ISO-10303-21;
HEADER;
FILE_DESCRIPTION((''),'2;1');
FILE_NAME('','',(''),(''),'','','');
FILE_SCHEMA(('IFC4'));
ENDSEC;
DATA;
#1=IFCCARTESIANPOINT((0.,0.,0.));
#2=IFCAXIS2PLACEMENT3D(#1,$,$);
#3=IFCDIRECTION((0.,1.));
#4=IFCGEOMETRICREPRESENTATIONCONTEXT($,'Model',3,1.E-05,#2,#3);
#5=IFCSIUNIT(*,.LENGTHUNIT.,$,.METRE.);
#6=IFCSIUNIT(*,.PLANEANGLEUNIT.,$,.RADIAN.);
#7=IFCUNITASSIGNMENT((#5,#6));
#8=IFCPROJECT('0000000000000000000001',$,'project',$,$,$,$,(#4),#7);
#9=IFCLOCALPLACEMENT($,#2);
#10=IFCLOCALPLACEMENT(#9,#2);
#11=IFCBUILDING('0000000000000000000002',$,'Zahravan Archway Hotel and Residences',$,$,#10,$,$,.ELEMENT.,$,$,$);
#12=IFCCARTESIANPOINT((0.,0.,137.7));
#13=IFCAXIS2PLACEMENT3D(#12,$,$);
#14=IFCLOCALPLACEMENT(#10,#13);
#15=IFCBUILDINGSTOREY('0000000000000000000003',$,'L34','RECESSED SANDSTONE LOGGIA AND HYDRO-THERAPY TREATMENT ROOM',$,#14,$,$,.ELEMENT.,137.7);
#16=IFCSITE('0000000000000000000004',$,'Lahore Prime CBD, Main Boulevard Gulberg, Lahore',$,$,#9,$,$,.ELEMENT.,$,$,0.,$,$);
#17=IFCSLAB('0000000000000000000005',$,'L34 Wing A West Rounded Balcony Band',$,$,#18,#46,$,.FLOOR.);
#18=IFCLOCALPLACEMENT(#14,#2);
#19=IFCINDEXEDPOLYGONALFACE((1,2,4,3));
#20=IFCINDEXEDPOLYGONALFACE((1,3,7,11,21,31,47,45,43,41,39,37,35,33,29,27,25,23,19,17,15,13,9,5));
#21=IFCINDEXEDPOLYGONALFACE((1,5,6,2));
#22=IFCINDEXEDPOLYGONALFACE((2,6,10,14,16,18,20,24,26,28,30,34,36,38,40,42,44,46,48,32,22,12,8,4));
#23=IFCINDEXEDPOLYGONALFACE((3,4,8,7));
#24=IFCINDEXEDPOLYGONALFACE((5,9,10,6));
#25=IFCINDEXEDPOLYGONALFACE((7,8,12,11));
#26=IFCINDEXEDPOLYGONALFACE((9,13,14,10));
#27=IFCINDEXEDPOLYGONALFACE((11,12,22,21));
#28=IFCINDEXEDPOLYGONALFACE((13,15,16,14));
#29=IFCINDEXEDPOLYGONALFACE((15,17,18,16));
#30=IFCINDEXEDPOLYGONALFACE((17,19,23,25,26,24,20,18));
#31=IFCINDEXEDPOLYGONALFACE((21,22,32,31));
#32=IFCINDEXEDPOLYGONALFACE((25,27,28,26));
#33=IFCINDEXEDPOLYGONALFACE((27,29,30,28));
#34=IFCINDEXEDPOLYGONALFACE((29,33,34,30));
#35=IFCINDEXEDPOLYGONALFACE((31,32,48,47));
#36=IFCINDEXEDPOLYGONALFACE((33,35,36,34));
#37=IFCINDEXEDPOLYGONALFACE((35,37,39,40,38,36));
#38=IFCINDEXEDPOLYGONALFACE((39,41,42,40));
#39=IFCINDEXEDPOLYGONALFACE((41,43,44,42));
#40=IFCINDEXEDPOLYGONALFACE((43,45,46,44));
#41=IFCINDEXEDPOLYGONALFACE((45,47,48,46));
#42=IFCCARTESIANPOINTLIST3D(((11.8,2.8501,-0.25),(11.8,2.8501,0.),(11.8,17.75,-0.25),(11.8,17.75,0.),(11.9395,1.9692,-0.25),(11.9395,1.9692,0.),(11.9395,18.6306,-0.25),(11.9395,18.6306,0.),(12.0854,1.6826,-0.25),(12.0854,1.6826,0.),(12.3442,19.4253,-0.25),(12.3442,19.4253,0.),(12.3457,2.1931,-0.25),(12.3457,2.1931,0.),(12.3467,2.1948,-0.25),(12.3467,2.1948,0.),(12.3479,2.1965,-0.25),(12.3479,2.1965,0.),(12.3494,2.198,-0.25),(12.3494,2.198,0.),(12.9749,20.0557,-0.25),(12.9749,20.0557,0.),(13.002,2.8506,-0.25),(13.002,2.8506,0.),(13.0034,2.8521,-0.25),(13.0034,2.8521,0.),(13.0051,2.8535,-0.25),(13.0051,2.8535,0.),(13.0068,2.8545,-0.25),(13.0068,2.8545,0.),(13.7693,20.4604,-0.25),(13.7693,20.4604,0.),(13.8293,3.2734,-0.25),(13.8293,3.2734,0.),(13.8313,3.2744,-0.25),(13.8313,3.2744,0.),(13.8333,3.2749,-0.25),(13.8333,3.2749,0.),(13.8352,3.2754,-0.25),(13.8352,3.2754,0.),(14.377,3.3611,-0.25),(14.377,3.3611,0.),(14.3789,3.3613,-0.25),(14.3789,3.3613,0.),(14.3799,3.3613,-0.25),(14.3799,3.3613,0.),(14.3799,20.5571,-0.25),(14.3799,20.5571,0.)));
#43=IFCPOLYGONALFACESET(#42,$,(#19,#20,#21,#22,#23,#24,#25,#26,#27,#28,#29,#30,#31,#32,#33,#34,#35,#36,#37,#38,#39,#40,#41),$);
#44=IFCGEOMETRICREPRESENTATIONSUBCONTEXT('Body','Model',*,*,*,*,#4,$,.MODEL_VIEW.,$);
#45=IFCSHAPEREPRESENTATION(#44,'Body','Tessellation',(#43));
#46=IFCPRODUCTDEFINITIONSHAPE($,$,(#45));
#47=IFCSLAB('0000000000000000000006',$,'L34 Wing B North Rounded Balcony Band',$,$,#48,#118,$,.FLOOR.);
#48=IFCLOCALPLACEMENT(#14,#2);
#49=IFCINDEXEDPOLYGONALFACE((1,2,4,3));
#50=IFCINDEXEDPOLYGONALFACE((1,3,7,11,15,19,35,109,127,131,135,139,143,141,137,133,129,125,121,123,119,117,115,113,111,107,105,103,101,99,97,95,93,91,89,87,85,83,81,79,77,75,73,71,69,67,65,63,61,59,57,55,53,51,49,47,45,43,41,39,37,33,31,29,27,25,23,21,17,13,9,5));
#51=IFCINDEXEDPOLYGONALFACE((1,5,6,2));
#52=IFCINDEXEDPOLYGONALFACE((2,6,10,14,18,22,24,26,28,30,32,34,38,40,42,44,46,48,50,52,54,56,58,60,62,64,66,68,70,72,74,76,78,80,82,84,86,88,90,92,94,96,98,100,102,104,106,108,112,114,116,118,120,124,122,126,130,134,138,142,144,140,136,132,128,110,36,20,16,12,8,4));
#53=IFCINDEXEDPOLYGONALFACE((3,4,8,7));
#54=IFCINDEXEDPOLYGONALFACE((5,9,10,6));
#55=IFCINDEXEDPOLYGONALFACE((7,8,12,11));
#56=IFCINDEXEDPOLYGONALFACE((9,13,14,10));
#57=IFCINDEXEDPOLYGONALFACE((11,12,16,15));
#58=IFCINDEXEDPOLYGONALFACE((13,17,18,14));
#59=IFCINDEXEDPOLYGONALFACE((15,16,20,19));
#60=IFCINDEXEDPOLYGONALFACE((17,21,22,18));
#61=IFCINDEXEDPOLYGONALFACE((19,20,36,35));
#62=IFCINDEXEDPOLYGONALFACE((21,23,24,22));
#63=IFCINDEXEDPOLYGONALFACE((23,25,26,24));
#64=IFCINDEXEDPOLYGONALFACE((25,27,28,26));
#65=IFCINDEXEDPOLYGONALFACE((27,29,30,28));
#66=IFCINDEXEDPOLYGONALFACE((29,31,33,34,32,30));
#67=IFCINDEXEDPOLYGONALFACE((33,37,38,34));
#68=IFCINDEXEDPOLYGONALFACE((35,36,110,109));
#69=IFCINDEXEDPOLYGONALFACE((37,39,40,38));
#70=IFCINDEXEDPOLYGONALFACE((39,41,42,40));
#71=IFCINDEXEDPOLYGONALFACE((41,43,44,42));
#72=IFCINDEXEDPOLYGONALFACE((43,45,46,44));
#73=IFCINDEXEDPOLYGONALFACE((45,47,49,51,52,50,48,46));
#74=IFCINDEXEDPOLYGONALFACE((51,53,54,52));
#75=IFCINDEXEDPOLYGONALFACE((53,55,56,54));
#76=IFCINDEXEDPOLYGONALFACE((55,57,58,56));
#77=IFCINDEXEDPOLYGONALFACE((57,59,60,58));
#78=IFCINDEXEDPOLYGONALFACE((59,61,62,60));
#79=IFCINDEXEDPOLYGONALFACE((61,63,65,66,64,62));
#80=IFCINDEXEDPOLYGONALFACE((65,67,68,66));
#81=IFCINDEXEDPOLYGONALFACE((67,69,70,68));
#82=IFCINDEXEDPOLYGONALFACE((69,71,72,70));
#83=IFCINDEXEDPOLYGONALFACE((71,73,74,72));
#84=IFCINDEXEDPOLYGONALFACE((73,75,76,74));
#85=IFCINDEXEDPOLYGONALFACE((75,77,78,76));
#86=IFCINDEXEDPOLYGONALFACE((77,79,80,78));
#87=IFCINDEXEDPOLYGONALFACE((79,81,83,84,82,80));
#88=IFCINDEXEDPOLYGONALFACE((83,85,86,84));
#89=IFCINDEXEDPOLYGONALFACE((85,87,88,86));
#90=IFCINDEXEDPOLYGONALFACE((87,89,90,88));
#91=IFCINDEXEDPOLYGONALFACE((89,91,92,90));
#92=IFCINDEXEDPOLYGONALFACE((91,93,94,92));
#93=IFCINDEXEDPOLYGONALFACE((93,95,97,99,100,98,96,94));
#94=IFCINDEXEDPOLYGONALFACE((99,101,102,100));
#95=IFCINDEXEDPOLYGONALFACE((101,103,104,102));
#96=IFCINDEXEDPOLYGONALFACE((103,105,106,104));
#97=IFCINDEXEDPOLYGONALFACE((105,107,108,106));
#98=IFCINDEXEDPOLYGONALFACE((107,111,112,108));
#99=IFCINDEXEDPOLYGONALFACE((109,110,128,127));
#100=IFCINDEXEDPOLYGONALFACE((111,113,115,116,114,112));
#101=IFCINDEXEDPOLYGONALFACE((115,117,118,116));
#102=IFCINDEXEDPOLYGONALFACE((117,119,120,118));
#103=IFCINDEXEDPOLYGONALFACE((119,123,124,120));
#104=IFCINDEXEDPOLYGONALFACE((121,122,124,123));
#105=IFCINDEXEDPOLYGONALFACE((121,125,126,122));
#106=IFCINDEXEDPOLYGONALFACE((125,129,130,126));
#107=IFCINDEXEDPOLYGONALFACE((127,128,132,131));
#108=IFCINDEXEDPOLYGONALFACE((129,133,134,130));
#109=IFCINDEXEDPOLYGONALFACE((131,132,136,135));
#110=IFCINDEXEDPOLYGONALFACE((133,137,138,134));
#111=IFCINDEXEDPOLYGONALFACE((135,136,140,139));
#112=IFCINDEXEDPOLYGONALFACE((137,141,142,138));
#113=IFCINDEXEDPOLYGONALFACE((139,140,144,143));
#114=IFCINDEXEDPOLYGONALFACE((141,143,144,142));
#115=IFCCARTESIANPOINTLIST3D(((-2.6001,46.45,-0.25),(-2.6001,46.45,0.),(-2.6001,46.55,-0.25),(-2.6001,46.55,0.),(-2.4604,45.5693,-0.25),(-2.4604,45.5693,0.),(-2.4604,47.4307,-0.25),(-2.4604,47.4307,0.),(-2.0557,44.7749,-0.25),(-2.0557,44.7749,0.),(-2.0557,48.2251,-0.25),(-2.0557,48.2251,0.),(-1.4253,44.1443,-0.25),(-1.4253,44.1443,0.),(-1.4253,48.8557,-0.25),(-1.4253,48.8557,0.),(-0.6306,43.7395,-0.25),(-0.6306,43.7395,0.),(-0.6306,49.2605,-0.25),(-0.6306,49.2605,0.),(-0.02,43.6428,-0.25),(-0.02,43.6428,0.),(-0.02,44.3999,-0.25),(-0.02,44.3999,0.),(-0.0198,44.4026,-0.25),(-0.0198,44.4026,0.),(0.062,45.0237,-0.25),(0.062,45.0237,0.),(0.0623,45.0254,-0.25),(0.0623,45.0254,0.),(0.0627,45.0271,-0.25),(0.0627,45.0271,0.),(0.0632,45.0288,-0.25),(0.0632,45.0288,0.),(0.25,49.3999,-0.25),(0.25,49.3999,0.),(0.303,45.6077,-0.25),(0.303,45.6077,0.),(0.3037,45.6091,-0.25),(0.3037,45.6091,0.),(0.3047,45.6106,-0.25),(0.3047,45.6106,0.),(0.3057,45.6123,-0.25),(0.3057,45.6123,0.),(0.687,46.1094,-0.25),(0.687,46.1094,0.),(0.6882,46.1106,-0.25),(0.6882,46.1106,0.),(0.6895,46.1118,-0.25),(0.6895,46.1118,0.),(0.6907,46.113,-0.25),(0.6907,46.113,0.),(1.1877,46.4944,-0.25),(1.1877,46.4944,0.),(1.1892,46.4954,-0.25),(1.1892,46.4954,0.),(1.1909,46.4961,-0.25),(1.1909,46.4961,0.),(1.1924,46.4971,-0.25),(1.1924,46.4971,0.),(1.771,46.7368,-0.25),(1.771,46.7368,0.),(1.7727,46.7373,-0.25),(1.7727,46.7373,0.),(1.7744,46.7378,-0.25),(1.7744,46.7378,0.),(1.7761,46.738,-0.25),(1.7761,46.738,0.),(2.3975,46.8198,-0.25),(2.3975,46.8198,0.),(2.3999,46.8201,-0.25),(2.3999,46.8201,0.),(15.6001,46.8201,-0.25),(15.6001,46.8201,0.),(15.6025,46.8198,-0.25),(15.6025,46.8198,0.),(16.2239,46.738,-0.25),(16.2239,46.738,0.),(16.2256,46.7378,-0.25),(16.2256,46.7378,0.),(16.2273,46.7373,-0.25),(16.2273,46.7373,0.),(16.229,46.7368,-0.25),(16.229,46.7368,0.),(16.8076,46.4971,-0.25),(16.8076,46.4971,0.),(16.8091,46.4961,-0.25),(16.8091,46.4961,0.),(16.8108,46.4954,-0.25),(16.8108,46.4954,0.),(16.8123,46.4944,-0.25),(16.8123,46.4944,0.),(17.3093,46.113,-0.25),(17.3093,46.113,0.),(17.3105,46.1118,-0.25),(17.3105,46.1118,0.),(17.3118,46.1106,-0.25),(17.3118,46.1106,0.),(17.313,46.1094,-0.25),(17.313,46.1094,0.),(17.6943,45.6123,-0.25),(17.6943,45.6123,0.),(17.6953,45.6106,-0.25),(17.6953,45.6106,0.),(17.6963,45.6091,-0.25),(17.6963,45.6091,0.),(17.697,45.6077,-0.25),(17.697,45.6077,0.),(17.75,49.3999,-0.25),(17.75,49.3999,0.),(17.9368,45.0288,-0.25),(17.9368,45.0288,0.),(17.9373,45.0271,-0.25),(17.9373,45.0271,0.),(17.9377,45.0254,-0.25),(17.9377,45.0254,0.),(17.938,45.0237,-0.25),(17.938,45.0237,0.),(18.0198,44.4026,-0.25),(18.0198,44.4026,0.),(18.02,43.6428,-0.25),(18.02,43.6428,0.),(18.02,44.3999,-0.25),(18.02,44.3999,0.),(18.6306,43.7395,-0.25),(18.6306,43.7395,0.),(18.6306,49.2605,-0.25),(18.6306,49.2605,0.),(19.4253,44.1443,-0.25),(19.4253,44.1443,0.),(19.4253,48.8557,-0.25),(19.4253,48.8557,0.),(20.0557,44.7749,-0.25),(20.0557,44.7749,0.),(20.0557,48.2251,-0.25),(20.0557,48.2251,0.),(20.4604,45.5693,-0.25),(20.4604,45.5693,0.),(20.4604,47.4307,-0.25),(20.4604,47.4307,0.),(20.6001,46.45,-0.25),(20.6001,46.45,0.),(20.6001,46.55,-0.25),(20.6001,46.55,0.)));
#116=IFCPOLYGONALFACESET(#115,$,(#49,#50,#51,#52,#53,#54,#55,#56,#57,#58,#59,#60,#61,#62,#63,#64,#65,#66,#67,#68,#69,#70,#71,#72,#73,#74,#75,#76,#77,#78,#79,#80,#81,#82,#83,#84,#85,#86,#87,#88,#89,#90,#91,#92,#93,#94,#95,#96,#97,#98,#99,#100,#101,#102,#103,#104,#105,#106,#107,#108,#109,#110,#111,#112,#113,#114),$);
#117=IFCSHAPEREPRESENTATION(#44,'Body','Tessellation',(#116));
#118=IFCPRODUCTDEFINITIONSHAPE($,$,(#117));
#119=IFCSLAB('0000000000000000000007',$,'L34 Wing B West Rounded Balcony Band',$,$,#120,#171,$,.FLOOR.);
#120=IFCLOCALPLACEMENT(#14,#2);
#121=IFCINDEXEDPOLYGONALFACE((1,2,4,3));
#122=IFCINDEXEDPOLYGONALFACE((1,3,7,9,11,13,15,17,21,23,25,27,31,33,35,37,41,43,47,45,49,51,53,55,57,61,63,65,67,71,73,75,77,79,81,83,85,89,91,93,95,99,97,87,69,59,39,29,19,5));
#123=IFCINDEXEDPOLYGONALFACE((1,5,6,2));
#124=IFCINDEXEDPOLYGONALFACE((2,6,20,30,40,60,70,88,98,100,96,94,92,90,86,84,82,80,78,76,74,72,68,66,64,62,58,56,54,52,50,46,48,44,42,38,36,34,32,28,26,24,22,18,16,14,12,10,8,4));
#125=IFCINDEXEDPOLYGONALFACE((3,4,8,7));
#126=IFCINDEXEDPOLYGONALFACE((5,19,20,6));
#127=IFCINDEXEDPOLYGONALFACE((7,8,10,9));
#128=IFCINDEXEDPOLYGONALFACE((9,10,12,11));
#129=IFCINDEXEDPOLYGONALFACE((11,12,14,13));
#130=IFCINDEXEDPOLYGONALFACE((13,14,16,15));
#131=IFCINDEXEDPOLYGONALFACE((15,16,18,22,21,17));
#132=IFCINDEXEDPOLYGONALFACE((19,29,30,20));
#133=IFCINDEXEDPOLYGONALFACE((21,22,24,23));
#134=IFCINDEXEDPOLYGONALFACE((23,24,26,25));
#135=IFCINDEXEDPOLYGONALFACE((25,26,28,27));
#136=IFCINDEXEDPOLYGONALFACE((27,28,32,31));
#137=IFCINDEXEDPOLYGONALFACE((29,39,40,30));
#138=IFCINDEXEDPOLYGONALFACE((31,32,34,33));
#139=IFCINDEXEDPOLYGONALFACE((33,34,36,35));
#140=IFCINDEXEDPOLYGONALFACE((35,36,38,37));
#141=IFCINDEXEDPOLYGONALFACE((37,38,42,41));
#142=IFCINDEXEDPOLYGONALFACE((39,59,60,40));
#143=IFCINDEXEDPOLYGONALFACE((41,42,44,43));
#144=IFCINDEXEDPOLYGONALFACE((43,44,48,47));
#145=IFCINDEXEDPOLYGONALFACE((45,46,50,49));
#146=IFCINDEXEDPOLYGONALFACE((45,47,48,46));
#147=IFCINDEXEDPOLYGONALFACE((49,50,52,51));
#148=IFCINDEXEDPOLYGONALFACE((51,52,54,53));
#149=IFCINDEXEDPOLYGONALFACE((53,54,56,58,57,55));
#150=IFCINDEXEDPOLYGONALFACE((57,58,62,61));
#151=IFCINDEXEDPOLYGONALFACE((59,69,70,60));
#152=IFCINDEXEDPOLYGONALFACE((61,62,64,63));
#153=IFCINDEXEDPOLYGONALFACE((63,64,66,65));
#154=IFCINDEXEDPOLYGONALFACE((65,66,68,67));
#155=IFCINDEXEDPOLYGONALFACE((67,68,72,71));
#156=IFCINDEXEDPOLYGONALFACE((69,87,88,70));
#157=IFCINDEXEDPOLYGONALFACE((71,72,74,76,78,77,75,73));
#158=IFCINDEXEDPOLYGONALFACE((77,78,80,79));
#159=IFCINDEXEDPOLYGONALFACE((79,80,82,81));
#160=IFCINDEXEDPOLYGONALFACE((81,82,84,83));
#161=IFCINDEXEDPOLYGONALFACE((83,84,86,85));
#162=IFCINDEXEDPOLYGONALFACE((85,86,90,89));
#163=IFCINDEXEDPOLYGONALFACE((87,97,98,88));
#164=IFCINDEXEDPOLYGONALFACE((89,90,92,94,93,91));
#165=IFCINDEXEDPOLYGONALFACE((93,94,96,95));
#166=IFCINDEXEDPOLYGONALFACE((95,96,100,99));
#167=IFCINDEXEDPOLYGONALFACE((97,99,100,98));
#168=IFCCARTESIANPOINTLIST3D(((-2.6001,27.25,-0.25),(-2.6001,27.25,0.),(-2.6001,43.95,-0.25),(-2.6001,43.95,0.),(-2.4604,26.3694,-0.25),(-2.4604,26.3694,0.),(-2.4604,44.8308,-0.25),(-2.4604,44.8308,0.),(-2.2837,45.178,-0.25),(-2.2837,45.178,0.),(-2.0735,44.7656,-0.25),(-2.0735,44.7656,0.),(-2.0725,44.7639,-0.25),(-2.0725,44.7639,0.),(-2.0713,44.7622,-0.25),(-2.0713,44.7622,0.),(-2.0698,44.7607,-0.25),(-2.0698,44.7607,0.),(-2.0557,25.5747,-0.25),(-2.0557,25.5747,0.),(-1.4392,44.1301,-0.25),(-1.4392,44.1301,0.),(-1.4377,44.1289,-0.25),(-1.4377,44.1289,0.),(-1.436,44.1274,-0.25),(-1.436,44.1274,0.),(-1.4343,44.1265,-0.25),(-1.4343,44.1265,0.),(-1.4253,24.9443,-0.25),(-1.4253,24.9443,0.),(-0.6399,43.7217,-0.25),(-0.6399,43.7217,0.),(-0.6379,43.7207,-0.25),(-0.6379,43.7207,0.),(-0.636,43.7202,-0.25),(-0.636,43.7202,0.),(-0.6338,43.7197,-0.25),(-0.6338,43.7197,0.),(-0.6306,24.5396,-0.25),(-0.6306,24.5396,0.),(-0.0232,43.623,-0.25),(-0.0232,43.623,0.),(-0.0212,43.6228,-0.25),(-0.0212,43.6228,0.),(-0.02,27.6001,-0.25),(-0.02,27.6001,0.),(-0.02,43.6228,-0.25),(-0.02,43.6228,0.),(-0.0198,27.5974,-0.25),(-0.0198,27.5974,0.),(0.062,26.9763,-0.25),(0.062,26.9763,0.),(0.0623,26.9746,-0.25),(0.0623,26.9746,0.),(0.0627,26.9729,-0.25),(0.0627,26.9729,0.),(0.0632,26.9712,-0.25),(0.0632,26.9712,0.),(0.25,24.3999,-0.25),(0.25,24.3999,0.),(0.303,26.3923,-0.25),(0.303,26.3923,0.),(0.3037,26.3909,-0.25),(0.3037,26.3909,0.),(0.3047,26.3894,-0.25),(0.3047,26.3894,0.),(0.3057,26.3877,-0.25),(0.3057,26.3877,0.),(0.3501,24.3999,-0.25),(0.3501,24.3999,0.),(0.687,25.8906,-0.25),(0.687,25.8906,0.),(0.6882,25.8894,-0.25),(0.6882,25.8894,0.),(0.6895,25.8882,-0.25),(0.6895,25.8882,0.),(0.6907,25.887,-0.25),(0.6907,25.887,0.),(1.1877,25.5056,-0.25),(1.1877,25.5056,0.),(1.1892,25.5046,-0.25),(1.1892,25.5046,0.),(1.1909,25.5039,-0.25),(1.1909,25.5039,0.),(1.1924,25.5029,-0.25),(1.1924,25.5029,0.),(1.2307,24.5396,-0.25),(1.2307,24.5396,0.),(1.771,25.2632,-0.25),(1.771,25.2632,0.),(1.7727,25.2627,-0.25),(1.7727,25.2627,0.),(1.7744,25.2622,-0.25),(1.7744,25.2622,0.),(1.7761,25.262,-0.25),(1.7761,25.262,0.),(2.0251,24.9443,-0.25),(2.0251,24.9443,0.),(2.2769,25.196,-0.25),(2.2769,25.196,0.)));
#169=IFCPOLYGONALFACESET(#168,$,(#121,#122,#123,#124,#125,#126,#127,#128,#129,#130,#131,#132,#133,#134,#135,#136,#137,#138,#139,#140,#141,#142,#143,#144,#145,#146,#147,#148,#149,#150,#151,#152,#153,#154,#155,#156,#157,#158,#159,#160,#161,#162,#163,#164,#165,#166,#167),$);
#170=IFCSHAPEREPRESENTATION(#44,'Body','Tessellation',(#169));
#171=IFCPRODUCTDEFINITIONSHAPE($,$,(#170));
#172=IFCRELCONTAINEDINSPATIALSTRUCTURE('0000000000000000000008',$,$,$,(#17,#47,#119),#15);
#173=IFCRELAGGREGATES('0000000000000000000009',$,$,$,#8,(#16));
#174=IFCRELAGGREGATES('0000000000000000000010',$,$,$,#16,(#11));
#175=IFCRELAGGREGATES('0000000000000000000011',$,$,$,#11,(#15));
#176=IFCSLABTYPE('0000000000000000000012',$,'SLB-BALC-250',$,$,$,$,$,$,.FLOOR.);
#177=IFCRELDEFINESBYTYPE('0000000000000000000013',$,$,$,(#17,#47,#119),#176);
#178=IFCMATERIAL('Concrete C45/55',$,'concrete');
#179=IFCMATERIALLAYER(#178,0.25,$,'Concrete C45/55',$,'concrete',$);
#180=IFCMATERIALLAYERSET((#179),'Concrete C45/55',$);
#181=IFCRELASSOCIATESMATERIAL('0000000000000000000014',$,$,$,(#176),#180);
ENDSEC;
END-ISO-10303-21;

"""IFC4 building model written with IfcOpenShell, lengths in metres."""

from ifc_helpers import new_model, si_unit, direction, frame, origin, place, context, subcontext, project, spatial, polyline, outline, extrude, material, layer, layer_set, type_object, element, save


model = new_model("IFC4")

# Units and contexts
model_context = context("Model", 3, precision=1e-05, world=origin(), true_north=direction((0.0, 1.0)))
body_context = subcontext(model_context, "Body", "Model", "MODEL_VIEW")
ifc_project = project(units=[si_unit("LENGTHUNIT", "METRE"), si_unit("PLANEANGLEUNIT", "RADIAN")], contexts=[model_context])

# Site, building, storey
site_placement = place(None, origin())
site = spatial("IfcSite", under=ifc_project, at=site_placement, Name="Lahore Prime CBD, Main Boulevard Gulberg, Lahore", CompositionType="ELEMENT", RefElevation=0.0)
building_placement = place(site_placement, origin())
building = spatial("IfcBuilding", under=site, at=building_placement, Name="Zahravan Archway Hotel and Residences", CompositionType="ELEMENT")
storey_placement = place(building_placement, frame((0.0, 0.0, 137.7)))
storey = spatial("IfcBuildingStorey", under=building, at=storey_placement, Name="L34", Description="RECESSED SANDSTONE LOGGIA AND HYDRO-THERAPY TREATMENT ROOM", CompositionType="ELEMENT", Elevation=137.7)

# Slabs
ifc_material_1 = material(Name="Concrete C45/55", Category="concrete")
ifc_layer_1 = layer(ifc_material_1, 0.25, Name="Concrete C45/55", Category="concrete")
ifc_layer_set_1 = layer_set([ifc_layer_1], Name="Concrete C45/55")
slab_type_1 = type_object("IfcSlabType", Name="SLB-BALC-250", PredefinedType="FLOOR", material=ifc_layer_set_1)
slab_1_placement = place(storey_placement, frame((0.0, 0.0, -0.25)))
element("IfcSlab", 1, at=slab_1_placement, inside=storey, type_object=slab_type_1, Name="L34 Wing A West Rounded Balcony Band", PredefinedType="FLOOR", context=body_context, shape_type="SweptSolid", body=[
    extrude(outline(polyline([(11.9395, 1.9692), (11.8, 2.8501), (11.8, 17.75), (11.9395, 18.6306), (12.3442, 19.4253), (12.9749, 20.0557), (13.7693, 20.4604), (14.3799, 20.5571), (14.3799, 3.3613), (14.3789, 3.3613), (14.377, 3.3611), (13.8352, 3.2754), (13.8333, 3.2749), (13.8313, 3.2744), (13.8293, 3.2734), (13.0068, 2.8545), (13.0051, 2.8535), (13.0034, 2.8521), (13.002, 2.8506), (12.3494, 2.198), (12.3479, 2.1965), (12.3467, 2.1948), (12.3457, 2.1931), (12.0854, 1.6826), (11.9395, 1.9692)])), origin(), (0.0, 0.0, 1.0), 0.25),
])
slab_2_placement = place(storey_placement, frame((0.0, 0.0, -0.25)))
element("IfcSlab", 2, at=slab_2_placement, inside=storey, type_object=slab_type_1, Name="L34 Wing B North Rounded Balcony Band", PredefinedType="FLOOR", context=body_context, shape_type="SweptSolid", body=[
    extrude(outline(polyline([(-0.6306, 43.7395), (-1.4253, 44.1443), (-2.0557, 44.7749), (-2.4604, 45.5693), (-2.6001, 46.45), (-2.6001, 46.55), (-2.4604, 47.4307), (-2.0557, 48.2251), (-1.4253, 48.8557), (-0.6306, 49.2605), (0.25, 49.3999), (17.75, 49.3999), (18.6306, 49.2605), (19.4253, 48.8557), (20.0557, 48.2251), (20.4604, 47.4307), (20.6001, 46.55), (20.6001, 46.45), (20.4604, 45.5693), (20.0557, 44.7749), (19.4253, 44.1443), (18.6306, 43.7395), (18.02, 43.6428), (18.02, 44.3999), (18.0198, 44.4026), (17.938, 45.0237), (17.9377, 45.0254), (17.9373, 45.0271), (17.9368, 45.0288), (17.697, 45.6077), (17.6963, 45.6091), (17.6953, 45.6106), (17.6943, 45.6123), (17.313, 46.1094), (17.3118, 46.1106), (17.3105, 46.1118), (17.3093, 46.113), (16.8123, 46.4944), (16.8108, 46.4954), (16.8091, 46.4961), (16.8076, 46.4971), (16.229, 46.7368), (16.2273, 46.7373), (16.2256, 46.7378), (16.2239, 46.738), (15.6025, 46.8198), (15.6001, 46.8201), (2.3999, 46.8201), (2.3975, 46.8198), (1.7761, 46.738), (1.7744, 46.7378), (1.7727, 46.7373), (1.771, 46.7368), (1.1924, 46.4971), (1.1909, 46.4961), (1.1892, 46.4954), (1.1877, 46.4944), (0.6907, 46.113), (0.6895, 46.1118), (0.6882, 46.1106), (0.687, 46.1094), (0.3057, 45.6123), (0.3047, 45.6106), (0.3037, 45.6091), (0.303, 45.6077), (0.0632, 45.0288), (0.0627, 45.0271), (0.0623, 45.0254), (0.062, 45.0237), (-0.0198, 44.4026), (-0.02, 44.3999), (-0.02, 43.6428), (-0.6306, 43.7395)])), origin(), (0.0, 0.0, 1.0), 0.25),
])
slab_3_placement = place(storey_placement, frame((0.0, 0.0, -0.25)))
element("IfcSlab", 3, at=slab_3_placement, inside=storey, type_object=slab_type_1, Name="L34 Wing B West Rounded Balcony Band", PredefinedType="FLOOR", context=body_context, shape_type="SweptSolid", body=[
    extrude(outline(polyline([(2.0251, 24.9443), (1.2307, 24.5396), (0.3501, 24.3999), (0.25, 24.3999), (-0.6306, 24.5396), (-1.4253, 24.9443), (-2.0557, 25.5747), (-2.4604, 26.3694), (-2.6001, 27.25), (-2.6001, 43.95), (-2.4604, 44.8308), (-2.2837, 45.178), (-2.0735, 44.7656), (-2.0725, 44.7639), (-2.0713, 44.7622), (-2.0698, 44.7607), (-1.4392, 44.1301), (-1.4377, 44.1289), (-1.436, 44.1274), (-1.4343, 44.1265), (-0.6399, 43.7217), (-0.6379, 43.7207), (-0.636, 43.7202), (-0.6338, 43.7197), (-0.0232, 43.623), (-0.0212, 43.6228), (-0.02, 43.6228), (-0.02, 27.6001), (-0.0198, 27.5974), (0.062, 26.9763), (0.0623, 26.9746), (0.0627, 26.9729), (0.0632, 26.9712), (0.303, 26.3923), (0.3037, 26.3909), (0.3047, 26.3894), (0.3057, 26.3877), (0.687, 25.8906), (0.6882, 25.8894), (0.6895, 25.8882), (0.6907, 25.887), (1.1877, 25.5056), (1.1892, 25.5046), (1.1909, 25.5039), (1.1924, 25.5029), (1.771, 25.2632), (1.7727, 25.2627), (1.7744, 25.2622), (1.7761, 25.262), (2.2769, 25.196), (2.0251, 24.9443)])), origin(), (0.0, 0.0, 1.0), 0.25),
])

save(model, "model.ifc")
